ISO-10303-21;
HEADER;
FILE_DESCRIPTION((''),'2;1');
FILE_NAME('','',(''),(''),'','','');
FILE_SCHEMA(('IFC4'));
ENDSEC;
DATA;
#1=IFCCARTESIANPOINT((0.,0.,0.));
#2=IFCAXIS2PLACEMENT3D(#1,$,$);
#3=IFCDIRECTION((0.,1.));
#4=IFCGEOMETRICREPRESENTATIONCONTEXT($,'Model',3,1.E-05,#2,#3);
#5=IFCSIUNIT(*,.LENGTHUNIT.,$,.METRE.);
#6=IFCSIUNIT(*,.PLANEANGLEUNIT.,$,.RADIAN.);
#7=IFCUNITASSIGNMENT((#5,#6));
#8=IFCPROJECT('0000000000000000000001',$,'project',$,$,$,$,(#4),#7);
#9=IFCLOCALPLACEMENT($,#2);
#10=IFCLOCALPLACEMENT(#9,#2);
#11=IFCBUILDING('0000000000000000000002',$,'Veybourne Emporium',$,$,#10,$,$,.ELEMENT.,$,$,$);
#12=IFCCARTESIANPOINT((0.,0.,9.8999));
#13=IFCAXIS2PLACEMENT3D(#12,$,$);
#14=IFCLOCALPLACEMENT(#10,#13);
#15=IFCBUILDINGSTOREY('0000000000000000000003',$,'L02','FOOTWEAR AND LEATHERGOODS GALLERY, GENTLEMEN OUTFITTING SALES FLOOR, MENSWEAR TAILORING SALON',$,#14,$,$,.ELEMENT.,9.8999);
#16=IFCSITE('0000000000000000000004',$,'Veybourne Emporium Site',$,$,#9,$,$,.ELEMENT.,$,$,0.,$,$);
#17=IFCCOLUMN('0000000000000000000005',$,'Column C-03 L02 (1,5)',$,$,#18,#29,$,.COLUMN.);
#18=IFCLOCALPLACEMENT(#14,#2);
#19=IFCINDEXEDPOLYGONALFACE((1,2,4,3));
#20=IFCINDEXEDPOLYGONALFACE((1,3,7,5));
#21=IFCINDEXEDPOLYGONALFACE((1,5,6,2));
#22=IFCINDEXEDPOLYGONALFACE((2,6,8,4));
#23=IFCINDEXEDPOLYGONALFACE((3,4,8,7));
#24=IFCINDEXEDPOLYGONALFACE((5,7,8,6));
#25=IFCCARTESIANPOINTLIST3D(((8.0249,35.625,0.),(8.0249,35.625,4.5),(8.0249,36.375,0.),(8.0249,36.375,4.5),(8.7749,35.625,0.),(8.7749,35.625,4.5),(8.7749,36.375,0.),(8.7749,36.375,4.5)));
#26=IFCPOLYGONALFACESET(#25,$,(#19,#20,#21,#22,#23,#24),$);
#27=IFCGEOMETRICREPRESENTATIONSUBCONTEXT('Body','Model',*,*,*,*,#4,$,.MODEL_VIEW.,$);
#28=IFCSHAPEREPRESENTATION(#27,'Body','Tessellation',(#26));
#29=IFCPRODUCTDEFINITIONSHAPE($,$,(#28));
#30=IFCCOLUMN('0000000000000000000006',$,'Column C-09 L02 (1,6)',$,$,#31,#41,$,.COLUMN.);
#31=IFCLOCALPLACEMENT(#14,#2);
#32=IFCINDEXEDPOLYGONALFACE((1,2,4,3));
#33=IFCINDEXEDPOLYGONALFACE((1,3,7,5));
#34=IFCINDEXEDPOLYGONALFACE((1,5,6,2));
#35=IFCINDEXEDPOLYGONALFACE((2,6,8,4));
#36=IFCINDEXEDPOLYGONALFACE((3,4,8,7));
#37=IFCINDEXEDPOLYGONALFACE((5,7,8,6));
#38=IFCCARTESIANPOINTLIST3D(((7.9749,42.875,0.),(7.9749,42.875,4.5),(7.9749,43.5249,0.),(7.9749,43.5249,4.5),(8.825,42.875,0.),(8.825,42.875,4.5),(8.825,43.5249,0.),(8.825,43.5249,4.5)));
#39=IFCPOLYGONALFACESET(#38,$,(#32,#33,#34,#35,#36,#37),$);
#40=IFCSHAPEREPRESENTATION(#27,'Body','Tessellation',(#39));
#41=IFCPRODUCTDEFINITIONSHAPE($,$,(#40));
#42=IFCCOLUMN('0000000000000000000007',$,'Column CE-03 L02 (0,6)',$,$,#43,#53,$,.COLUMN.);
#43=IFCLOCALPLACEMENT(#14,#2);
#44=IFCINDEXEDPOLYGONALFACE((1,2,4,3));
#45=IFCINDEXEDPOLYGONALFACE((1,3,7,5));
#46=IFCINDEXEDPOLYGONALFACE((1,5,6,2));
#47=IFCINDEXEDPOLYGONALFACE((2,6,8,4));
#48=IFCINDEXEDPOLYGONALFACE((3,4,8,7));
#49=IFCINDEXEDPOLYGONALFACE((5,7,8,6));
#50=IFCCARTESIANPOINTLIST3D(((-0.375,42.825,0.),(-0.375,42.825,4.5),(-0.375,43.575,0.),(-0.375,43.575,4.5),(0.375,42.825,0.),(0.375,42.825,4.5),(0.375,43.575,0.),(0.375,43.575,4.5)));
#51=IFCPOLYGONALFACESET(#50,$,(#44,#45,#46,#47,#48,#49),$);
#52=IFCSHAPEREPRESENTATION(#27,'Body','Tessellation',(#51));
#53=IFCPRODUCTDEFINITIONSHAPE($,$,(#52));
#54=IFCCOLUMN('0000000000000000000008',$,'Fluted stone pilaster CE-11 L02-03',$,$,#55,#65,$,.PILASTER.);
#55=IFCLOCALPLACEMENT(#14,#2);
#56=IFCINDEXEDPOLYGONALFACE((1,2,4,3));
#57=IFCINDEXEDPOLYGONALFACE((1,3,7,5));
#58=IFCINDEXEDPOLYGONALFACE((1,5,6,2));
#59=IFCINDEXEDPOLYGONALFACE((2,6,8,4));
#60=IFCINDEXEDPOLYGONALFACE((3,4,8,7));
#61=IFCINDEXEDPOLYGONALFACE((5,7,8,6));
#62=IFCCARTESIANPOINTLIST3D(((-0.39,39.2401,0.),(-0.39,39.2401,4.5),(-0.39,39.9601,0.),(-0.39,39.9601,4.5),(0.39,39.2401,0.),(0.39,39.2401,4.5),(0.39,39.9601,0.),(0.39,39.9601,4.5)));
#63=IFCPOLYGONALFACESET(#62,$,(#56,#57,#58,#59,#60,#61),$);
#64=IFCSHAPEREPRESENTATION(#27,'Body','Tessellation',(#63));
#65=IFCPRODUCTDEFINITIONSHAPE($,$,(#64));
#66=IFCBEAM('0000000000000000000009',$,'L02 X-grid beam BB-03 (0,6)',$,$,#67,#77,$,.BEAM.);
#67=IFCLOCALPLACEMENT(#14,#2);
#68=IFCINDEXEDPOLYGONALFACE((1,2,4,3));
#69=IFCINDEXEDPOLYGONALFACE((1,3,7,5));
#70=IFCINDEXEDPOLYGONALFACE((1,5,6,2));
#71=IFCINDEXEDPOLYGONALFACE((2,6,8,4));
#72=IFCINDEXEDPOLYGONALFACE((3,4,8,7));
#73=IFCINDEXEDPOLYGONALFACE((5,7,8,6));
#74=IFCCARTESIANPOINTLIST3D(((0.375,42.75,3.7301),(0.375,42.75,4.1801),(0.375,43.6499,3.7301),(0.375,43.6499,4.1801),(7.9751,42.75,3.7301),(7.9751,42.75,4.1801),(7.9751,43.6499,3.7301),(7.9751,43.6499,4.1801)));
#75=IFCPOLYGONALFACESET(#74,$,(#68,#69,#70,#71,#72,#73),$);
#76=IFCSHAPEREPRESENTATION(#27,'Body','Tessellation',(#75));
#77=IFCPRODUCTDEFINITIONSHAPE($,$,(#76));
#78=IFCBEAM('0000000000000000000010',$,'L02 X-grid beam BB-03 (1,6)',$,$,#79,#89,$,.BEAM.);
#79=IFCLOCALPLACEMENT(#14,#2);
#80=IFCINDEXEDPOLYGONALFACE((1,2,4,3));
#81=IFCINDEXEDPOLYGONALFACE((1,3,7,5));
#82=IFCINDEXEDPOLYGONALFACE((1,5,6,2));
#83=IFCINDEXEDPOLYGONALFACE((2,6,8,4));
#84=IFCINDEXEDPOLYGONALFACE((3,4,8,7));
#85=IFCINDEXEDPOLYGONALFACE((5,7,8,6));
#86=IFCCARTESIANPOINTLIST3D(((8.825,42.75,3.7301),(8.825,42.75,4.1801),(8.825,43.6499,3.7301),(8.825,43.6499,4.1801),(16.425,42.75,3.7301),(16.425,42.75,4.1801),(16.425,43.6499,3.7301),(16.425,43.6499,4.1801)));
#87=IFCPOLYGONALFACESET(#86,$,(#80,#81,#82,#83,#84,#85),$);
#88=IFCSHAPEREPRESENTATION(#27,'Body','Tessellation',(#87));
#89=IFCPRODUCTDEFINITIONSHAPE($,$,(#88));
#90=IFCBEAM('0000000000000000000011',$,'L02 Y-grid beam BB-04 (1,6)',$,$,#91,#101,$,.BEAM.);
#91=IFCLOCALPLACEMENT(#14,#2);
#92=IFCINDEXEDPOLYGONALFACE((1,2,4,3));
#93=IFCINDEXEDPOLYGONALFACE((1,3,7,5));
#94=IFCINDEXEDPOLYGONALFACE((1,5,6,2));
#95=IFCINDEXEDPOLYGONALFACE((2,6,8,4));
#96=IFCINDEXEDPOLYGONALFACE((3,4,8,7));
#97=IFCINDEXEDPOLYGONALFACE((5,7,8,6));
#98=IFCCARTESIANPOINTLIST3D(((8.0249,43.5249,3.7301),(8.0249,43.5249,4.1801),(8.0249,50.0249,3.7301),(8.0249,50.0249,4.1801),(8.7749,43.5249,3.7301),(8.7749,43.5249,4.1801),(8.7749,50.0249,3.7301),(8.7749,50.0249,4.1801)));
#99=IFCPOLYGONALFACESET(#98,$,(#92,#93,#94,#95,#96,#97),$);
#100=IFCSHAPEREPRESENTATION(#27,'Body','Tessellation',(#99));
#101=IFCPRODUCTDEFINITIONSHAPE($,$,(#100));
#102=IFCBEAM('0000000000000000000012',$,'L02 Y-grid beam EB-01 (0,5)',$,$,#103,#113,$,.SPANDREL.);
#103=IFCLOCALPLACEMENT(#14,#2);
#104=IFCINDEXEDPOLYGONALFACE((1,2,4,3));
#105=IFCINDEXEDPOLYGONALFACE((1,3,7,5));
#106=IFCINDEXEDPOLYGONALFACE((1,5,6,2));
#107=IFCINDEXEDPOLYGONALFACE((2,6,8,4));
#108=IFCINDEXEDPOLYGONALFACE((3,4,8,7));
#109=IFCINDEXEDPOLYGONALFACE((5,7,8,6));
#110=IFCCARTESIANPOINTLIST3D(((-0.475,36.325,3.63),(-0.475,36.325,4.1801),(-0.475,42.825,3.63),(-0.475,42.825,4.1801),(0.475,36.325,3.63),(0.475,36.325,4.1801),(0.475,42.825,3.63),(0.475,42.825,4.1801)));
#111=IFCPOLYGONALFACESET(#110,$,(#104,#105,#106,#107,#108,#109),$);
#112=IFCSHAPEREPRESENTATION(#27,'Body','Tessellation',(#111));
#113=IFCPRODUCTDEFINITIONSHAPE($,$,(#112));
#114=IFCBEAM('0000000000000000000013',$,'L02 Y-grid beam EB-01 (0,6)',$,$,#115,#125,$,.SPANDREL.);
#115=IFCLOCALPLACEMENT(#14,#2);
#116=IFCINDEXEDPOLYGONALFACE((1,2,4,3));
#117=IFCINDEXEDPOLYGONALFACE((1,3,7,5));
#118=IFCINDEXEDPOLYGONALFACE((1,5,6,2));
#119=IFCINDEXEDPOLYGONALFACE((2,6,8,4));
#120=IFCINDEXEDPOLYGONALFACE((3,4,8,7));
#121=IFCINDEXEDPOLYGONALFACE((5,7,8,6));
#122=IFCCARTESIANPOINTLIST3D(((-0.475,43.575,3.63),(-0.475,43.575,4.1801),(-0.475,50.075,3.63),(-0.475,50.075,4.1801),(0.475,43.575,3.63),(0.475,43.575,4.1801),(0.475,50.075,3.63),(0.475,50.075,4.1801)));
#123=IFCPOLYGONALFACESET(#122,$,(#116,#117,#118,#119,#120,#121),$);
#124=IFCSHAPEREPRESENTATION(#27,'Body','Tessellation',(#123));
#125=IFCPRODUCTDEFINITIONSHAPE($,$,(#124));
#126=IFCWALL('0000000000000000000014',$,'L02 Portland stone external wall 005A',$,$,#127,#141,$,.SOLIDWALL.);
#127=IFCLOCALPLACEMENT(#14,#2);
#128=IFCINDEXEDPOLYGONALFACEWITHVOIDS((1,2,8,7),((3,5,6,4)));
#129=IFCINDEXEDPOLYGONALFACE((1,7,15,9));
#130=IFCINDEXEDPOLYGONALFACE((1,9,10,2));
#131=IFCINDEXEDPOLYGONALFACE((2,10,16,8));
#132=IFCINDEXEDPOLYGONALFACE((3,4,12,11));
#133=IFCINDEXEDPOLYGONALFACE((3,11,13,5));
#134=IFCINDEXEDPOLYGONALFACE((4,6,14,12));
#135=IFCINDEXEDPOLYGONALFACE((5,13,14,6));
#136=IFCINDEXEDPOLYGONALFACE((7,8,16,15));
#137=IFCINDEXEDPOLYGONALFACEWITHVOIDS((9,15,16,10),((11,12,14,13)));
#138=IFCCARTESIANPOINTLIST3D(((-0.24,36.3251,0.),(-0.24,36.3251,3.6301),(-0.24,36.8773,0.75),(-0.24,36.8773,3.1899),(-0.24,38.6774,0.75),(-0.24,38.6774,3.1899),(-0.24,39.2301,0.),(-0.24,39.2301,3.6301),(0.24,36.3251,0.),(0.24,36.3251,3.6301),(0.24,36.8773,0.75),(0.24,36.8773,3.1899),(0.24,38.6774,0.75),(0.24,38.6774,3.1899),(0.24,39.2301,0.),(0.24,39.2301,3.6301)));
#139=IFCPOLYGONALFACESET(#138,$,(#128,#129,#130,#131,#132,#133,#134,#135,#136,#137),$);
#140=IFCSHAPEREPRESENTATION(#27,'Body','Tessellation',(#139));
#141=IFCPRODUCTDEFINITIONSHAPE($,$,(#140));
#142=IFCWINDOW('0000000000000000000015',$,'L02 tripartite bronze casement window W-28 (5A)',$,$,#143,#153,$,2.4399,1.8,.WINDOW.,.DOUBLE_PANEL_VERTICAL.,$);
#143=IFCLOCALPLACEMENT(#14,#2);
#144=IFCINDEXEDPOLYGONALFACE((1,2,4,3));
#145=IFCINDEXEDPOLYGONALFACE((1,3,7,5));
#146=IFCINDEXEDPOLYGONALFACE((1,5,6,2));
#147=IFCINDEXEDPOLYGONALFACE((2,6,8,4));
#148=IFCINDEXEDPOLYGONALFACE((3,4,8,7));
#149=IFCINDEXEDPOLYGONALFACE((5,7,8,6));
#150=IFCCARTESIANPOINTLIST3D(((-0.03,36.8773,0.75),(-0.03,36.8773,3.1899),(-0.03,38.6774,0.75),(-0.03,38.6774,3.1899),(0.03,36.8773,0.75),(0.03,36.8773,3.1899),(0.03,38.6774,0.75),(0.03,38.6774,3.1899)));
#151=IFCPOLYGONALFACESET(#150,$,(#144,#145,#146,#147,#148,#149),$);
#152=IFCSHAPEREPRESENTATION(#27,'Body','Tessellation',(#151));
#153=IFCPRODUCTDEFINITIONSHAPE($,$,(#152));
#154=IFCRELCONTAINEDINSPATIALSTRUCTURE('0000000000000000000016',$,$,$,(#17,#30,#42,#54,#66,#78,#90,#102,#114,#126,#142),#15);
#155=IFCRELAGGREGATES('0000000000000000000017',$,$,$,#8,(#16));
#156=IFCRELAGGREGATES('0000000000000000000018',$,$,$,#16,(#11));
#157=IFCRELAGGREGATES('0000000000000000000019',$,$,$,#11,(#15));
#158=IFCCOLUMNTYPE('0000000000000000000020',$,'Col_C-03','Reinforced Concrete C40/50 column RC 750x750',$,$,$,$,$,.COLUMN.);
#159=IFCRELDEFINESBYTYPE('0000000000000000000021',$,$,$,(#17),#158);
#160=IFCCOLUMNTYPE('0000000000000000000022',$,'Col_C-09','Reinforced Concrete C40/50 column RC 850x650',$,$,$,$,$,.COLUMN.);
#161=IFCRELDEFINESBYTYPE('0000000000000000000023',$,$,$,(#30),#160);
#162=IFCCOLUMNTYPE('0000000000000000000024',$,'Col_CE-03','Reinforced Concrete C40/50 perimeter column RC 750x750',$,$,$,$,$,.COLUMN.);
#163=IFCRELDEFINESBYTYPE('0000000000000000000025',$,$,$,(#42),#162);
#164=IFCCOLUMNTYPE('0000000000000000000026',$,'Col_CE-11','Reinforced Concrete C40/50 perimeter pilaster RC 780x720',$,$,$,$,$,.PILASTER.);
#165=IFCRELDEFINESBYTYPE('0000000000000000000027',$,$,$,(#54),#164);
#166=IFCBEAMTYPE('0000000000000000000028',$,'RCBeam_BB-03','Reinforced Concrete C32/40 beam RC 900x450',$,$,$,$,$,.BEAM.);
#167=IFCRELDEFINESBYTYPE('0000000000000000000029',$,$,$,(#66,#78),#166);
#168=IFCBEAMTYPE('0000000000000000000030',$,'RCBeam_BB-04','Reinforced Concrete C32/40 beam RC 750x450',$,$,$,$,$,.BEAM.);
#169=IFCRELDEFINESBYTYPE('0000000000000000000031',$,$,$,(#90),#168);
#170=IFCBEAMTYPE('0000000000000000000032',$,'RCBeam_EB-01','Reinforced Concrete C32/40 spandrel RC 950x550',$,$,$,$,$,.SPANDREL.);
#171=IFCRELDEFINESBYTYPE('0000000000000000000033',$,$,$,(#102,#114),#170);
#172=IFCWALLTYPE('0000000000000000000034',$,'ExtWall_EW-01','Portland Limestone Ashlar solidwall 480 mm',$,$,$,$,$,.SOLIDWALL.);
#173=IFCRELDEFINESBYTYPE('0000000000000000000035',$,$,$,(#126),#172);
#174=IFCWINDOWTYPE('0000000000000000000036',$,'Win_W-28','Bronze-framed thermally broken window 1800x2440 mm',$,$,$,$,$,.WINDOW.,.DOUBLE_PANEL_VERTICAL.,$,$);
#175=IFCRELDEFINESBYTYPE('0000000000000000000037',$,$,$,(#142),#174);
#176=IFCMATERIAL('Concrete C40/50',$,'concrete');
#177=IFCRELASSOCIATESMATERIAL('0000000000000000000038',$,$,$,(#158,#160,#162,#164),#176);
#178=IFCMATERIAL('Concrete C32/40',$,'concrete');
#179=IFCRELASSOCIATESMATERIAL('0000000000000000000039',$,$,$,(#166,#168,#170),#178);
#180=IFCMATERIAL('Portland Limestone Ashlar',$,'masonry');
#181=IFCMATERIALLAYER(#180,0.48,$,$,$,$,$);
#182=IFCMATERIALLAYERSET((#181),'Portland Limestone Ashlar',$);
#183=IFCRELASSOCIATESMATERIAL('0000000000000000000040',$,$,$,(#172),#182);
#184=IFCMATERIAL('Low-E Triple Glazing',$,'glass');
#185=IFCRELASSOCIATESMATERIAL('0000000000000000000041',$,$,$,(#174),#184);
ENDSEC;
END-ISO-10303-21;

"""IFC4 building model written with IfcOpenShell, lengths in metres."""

from ifc_helpers import new_model, si_unit, direction, frame, frame_2d, origin, origin_2d, place, context, subcontext, project, spatial, rectangle, extrude, material, layer, layer_set, material_profile, profile_set, type_object, element, fill, save


model = new_model("IFC4")

# Units and contexts
model_context = context("Model", 3, precision=1e-05, world=origin(), true_north=direction((0.0, 1.0)))
body_context = subcontext(model_context, "Body", "Model", "MODEL_VIEW")
ifc_project = project(units=[si_unit("LENGTHUNIT", "METRE"), si_unit("PLANEANGLEUNIT", "RADIAN")], contexts=[model_context])

# Site, building, storey
site_placement = place(None, origin())
site = spatial("IfcSite", under=ifc_project, at=site_placement, Name="Veybourne Emporium Site", CompositionType="ELEMENT", RefElevation=0.0)
building_placement = place(site_placement, origin())
building = spatial("IfcBuilding", under=site, at=building_placement, Name="Veybourne Emporium", CompositionType="ELEMENT")
storey_placement = place(building_placement, frame((0.0, 0.0, 9.8999)))
storey = spatial("IfcBuildingStorey", under=building, at=storey_placement, Name="L02", Description="FOOTWEAR AND LEATHERGOODS GALLERY, GENTLEMEN OUTFITTING SALES FLOOR, MENSWEAR TAILORING SALON", CompositionType="ELEMENT", Elevation=9.8999)

# Columns
ifc_material_1 = material(Name="Concrete C40/50", Category="concrete")
ifc_material_profile_1 = material_profile(ifc_material_1, rectangle(XDim=0.75, YDim=0.75, at=origin_2d()), Name="RC 750x750")
ifc_profile_set_1 = profile_set([ifc_material_profile_1], Name="Concrete C40/50")
column_type_1 = type_object("IfcColumnType", Name="Col_C-03", Description="Reinforced Concrete C40/50 column RC 750x750", PredefinedType="COLUMN", material=ifc_profile_set_1)
column_1_placement = place(storey_placement, frame((8.3999, 36.0, 0.0), z_axis=(0.0, 0.0, 1.0), x_axis=(1.0, 0.0, 0.0)))
element("IfcColumn", 1, at=column_1_placement, inside=storey, type_object=column_type_1, Name="Column C-03 L02 (1,5)", PredefinedType="COLUMN", context=body_context, shape_type="SweptSolid", body=[
    extrude(rectangle(XDim=0.75, YDim=0.75, at=origin_2d()), origin(), (0.0, 0.0, 1.0), 4.5),
])
ifc_material_profile_2 = material_profile(ifc_material_1, rectangle(XDim=0.8501, YDim=0.6499, at=origin_2d()), Name="RC 850x650")
ifc_profile_set_2 = profile_set([ifc_material_profile_2], Name="Concrete C40/50")
column_type_2 = type_object("IfcColumnType", Name="Col_C-09", Description="Reinforced Concrete C40/50 column RC 850x650", PredefinedType="COLUMN", material=ifc_profile_set_2)
column_2_placement = place(storey_placement, frame((8.3999, 43.2, 0.0), z_axis=(0.0, 0.0, 1.0), x_axis=(1.0, 0.0, 0.0)))
element("IfcColumn", 2, at=column_2_placement, inside=storey, type_object=column_type_2, Name="Column C-09 L02 (1,6)", PredefinedType="COLUMN", context=body_context, shape_type="SweptSolid", body=[
    extrude(rectangle(XDim=0.8501, YDim=0.6499, at=origin_2d()), origin(), (0.0, 0.0, 1.0), 4.5),
])
ifc_material_profile_3 = material_profile(ifc_material_1, rectangle(XDim=0.75, YDim=0.75, at=origin_2d()), Name="RC 750x750")
ifc_profile_set_3 = profile_set([ifc_material_profile_3], Name="Concrete C40/50")
column_type_3 = type_object("IfcColumnType", Name="Col_CE-03", Description="Reinforced Concrete C40/50 perimeter column RC 750x750", PredefinedType="COLUMN", material=ifc_profile_set_3)
column_3_placement = place(storey_placement, frame((0.0, 43.2, 0.0), z_axis=(0.0, 0.0, 1.0), x_axis=(1.0, 0.0, 0.0)))
element("IfcColumn", 3, at=column_3_placement, inside=storey, type_object=column_type_3, Name="Column CE-03 L02 (0,6)", PredefinedType="COLUMN", context=body_context, shape_type="SweptSolid", body=[
    extrude(rectangle(XDim=0.75, YDim=0.75, at=origin_2d()), origin(), (0.0, 0.0, 1.0), 4.5),
])
ifc_material_profile_4 = material_profile(ifc_material_1, rectangle(XDim=0.78, YDim=0.72, at=origin_2d()), Name="RC 780x720")
ifc_profile_set_4 = profile_set([ifc_material_profile_4], Name="Concrete C40/50")
column_type_4 = type_object("IfcColumnType", Name="Col_CE-11", Description="Reinforced Concrete C40/50 perimeter pilaster RC 780x720", PredefinedType="PILASTER", material=ifc_profile_set_4)
column_4_placement = place(storey_placement, frame((0.0, 39.6001, 0.0), z_axis=(0.0, 0.0, 1.0), x_axis=(1.0, 0.0, 0.0)))
element("IfcColumn", 4, at=column_4_placement, inside=storey, type_object=column_type_4, Name="Fluted stone pilaster CE-11 L02-03", PredefinedType="PILASTER", context=body_context, shape_type="SweptSolid", body=[
    extrude(rectangle(XDim=0.78, YDim=0.72, at=origin_2d()), origin(), (0.0, 0.0, 1.0), 4.5),
])

# Beams
ifc_material_2 = material(Name="Concrete C32/40", Category="concrete")
ifc_material_profile_5 = material_profile(ifc_material_2, rectangle(XDim=0.8999, YDim=0.45, at=origin_2d()), Name="RC 900x450")
ifc_profile_set_5 = profile_set([ifc_material_profile_5], Name="Concrete C32/40")
beam_type_1 = type_object("IfcBeamType", Name="RCBeam_BB-03", Description="Reinforced Concrete C32/40 beam RC 900x450", PredefinedType="BEAM", material=ifc_profile_set_5)
for number, where, z_axis, x_axis, name in (
    (5, (0.375, 43.2, 3.9551), (1.0, 0.0, 0.0), (0.0, 1.0, 0.0), "L02 X-grid beam BB-03 (0,6)"),
    (6, (8.825, 43.2, 3.9551), (1.0, 0.0, 0.0), (0.0, 1.0, 0.0), "L02 X-grid beam BB-03 (1,6)"),
):
    element("IfcBeam", number, at=place(storey_placement, frame(where, z_axis=z_axis, x_axis=x_axis)), inside=storey, type_object=beam_type_1, Name=name, PredefinedType="BEAM", context=body_context, shape_type="SweptSolid", body=[
        extrude(rectangle(XDim=0.8999, YDim=0.45, at=origin_2d()), origin(), (0.0, 0.0, 1.0), 7.6001),
    ])
ifc_material_profile_6 = material_profile(ifc_material_2, rectangle(XDim=0.75, YDim=0.45, at=origin_2d()), Name="RC 750x450")
ifc_profile_set_6 = profile_set([ifc_material_profile_6], Name="Concrete C32/40")
beam_type_2 = type_object("IfcBeamType", Name="RCBeam_BB-04", Description="Reinforced Concrete C32/40 beam RC 750x450", PredefinedType="BEAM", material=ifc_profile_set_6)
beam_placement = place(storey_placement, frame((8.3999, 43.5249, 3.9551), z_axis=(0.0, 1.0, 0.0), x_axis=(-1.0, 0.0, 0.0)))
element("IfcBeam", 7, at=beam_placement, inside=storey, type_object=beam_type_2, Name="L02 Y-grid beam BB-04 (1,6)", PredefinedType="BEAM", context=body_context, shape_type="SweptSolid", body=[
    extrude(rectangle(XDim=0.75, YDim=0.45, at=origin_2d()), origin(), (0.0, 0.0, 1.0), 6.5),
])
ifc_material_profile_7 = material_profile(ifc_material_2, rectangle(XDim=0.95, YDim=0.55, at=origin_2d()), Name="RC 950x550")
ifc_profile_set_7 = profile_set([ifc_material_profile_7], Name="Concrete C32/40")
beam_type_3 = type_object("IfcBeamType", Name="RCBeam_EB-01", Description="Reinforced Concrete C32/40 spandrel RC 950x550", PredefinedType="SPANDREL", material=ifc_profile_set_7)
for number, where, z_axis, x_axis, name in (
    (8, (0.0, 36.325, 3.905), (0.0, 1.0, 0.0), (-1.0, 0.0, 0.0), "L02 Y-grid beam EB-01 (0,5)"),
    (9, (0.0, 43.575, 3.905), (0.0, 1.0, 0.0), (-1.0, 0.0, 0.0), "L02 Y-grid beam EB-01 (0,6)"),
):
    element("IfcBeam", number, at=place(storey_placement, frame(where, z_axis=z_axis, x_axis=x_axis)), inside=storey, type_object=beam_type_3, Name=name, PredefinedType="SPANDREL", context=body_context, shape_type="SweptSolid", body=[
        extrude(rectangle(XDim=0.95, YDim=0.55, at=origin_2d()), origin(), (0.0, 0.0, 1.0), 6.5),
    ])

# Wall, opening, window
ifc_material_3 = material(Name="Portland Limestone Ashlar", Category="masonry")
ifc_layer_1 = layer(ifc_material_3, 0.48)
ifc_layer_set_1 = layer_set([ifc_layer_1], Name="Portland Limestone Ashlar")
wall_type_1 = type_object("IfcWallType", Name="ExtWall_EW-01", Description="Portland Limestone Ashlar solidwall 480 mm", PredefinedType="SOLIDWALL", material=ifc_layer_set_1)
wall_1_placement = place(storey_placement, frame((0.0, 36.325, 0.0), z_axis=(0.0, 0.0, 1.0), x_axis=(0.0, 1.0, 0.0)))
wall_1 = element("IfcWall", 10, at=wall_1_placement, inside=storey, type_object=wall_type_1, Name="L02 Portland stone external wall 005A", PredefinedType="SOLIDWALL", context=body_context, shape_type="SweptSolid", body=[
    extrude(rectangle(XDim=2.905, YDim=0.48, at=frame_2d((1.4526, 0.0))), origin(), (0.0, 0.0, 1.0), 3.6301),
])
opening_1_placement = place(wall_1_placement, frame((0.5525, 0.0, 0.75)))
opening_1 = element("IfcOpeningElement", 11, at=opening_1_placement, cuts=wall_1, PredefinedType="OPENING", context=body_context, shape_type="SweptSolid", body=[
    extrude(rectangle(XDim=1.8, YDim=2.4399, at=frame_2d((0.8999, 1.22))), frame((0.0, 0.26, 0.0), z_axis=(0.0, -1.0, 0.0), x_axis=(1.0, 0.0, 0.0)), (0.0, 0.0, 1.0), 0.52),
])
ifc_material_4 = material(Name="Low-E Triple Glazing", Category="glass")
window_type_1 = type_object("IfcWindowType", Name="Win_W-28", Description="Bronze-framed thermally broken window 1800x2440 mm", PartitioningType="DOUBLE_PANEL_VERTICAL", PredefinedType="WINDOW", material=ifc_material_4)
window_1_placement = place(opening_1_placement, origin())
window_1 = element("IfcWindow", 12, at=window_1_placement, inside=storey, type_object=window_type_1, Name="L02 tripartite bronze casement window W-28 (5A)", OverallHeight=2.4399, OverallWidth=1.8, PartitioningType="DOUBLE_PANEL_VERTICAL", PredefinedType="WINDOW", context=body_context, shape_type="SweptSolid", body=[
    extrude(rectangle(XDim=1.8, YDim=2.4399, at=frame_2d((0.8999, 1.22))), frame((0.0, 0.03, 0.0), z_axis=(0.0, -1.0, 0.0), x_axis=(1.0, 0.0, 0.0)), (0.0, 0.0, 1.0), 0.0601),
])
fill(opening_1, window_1)

save(model, "model.ifc")
